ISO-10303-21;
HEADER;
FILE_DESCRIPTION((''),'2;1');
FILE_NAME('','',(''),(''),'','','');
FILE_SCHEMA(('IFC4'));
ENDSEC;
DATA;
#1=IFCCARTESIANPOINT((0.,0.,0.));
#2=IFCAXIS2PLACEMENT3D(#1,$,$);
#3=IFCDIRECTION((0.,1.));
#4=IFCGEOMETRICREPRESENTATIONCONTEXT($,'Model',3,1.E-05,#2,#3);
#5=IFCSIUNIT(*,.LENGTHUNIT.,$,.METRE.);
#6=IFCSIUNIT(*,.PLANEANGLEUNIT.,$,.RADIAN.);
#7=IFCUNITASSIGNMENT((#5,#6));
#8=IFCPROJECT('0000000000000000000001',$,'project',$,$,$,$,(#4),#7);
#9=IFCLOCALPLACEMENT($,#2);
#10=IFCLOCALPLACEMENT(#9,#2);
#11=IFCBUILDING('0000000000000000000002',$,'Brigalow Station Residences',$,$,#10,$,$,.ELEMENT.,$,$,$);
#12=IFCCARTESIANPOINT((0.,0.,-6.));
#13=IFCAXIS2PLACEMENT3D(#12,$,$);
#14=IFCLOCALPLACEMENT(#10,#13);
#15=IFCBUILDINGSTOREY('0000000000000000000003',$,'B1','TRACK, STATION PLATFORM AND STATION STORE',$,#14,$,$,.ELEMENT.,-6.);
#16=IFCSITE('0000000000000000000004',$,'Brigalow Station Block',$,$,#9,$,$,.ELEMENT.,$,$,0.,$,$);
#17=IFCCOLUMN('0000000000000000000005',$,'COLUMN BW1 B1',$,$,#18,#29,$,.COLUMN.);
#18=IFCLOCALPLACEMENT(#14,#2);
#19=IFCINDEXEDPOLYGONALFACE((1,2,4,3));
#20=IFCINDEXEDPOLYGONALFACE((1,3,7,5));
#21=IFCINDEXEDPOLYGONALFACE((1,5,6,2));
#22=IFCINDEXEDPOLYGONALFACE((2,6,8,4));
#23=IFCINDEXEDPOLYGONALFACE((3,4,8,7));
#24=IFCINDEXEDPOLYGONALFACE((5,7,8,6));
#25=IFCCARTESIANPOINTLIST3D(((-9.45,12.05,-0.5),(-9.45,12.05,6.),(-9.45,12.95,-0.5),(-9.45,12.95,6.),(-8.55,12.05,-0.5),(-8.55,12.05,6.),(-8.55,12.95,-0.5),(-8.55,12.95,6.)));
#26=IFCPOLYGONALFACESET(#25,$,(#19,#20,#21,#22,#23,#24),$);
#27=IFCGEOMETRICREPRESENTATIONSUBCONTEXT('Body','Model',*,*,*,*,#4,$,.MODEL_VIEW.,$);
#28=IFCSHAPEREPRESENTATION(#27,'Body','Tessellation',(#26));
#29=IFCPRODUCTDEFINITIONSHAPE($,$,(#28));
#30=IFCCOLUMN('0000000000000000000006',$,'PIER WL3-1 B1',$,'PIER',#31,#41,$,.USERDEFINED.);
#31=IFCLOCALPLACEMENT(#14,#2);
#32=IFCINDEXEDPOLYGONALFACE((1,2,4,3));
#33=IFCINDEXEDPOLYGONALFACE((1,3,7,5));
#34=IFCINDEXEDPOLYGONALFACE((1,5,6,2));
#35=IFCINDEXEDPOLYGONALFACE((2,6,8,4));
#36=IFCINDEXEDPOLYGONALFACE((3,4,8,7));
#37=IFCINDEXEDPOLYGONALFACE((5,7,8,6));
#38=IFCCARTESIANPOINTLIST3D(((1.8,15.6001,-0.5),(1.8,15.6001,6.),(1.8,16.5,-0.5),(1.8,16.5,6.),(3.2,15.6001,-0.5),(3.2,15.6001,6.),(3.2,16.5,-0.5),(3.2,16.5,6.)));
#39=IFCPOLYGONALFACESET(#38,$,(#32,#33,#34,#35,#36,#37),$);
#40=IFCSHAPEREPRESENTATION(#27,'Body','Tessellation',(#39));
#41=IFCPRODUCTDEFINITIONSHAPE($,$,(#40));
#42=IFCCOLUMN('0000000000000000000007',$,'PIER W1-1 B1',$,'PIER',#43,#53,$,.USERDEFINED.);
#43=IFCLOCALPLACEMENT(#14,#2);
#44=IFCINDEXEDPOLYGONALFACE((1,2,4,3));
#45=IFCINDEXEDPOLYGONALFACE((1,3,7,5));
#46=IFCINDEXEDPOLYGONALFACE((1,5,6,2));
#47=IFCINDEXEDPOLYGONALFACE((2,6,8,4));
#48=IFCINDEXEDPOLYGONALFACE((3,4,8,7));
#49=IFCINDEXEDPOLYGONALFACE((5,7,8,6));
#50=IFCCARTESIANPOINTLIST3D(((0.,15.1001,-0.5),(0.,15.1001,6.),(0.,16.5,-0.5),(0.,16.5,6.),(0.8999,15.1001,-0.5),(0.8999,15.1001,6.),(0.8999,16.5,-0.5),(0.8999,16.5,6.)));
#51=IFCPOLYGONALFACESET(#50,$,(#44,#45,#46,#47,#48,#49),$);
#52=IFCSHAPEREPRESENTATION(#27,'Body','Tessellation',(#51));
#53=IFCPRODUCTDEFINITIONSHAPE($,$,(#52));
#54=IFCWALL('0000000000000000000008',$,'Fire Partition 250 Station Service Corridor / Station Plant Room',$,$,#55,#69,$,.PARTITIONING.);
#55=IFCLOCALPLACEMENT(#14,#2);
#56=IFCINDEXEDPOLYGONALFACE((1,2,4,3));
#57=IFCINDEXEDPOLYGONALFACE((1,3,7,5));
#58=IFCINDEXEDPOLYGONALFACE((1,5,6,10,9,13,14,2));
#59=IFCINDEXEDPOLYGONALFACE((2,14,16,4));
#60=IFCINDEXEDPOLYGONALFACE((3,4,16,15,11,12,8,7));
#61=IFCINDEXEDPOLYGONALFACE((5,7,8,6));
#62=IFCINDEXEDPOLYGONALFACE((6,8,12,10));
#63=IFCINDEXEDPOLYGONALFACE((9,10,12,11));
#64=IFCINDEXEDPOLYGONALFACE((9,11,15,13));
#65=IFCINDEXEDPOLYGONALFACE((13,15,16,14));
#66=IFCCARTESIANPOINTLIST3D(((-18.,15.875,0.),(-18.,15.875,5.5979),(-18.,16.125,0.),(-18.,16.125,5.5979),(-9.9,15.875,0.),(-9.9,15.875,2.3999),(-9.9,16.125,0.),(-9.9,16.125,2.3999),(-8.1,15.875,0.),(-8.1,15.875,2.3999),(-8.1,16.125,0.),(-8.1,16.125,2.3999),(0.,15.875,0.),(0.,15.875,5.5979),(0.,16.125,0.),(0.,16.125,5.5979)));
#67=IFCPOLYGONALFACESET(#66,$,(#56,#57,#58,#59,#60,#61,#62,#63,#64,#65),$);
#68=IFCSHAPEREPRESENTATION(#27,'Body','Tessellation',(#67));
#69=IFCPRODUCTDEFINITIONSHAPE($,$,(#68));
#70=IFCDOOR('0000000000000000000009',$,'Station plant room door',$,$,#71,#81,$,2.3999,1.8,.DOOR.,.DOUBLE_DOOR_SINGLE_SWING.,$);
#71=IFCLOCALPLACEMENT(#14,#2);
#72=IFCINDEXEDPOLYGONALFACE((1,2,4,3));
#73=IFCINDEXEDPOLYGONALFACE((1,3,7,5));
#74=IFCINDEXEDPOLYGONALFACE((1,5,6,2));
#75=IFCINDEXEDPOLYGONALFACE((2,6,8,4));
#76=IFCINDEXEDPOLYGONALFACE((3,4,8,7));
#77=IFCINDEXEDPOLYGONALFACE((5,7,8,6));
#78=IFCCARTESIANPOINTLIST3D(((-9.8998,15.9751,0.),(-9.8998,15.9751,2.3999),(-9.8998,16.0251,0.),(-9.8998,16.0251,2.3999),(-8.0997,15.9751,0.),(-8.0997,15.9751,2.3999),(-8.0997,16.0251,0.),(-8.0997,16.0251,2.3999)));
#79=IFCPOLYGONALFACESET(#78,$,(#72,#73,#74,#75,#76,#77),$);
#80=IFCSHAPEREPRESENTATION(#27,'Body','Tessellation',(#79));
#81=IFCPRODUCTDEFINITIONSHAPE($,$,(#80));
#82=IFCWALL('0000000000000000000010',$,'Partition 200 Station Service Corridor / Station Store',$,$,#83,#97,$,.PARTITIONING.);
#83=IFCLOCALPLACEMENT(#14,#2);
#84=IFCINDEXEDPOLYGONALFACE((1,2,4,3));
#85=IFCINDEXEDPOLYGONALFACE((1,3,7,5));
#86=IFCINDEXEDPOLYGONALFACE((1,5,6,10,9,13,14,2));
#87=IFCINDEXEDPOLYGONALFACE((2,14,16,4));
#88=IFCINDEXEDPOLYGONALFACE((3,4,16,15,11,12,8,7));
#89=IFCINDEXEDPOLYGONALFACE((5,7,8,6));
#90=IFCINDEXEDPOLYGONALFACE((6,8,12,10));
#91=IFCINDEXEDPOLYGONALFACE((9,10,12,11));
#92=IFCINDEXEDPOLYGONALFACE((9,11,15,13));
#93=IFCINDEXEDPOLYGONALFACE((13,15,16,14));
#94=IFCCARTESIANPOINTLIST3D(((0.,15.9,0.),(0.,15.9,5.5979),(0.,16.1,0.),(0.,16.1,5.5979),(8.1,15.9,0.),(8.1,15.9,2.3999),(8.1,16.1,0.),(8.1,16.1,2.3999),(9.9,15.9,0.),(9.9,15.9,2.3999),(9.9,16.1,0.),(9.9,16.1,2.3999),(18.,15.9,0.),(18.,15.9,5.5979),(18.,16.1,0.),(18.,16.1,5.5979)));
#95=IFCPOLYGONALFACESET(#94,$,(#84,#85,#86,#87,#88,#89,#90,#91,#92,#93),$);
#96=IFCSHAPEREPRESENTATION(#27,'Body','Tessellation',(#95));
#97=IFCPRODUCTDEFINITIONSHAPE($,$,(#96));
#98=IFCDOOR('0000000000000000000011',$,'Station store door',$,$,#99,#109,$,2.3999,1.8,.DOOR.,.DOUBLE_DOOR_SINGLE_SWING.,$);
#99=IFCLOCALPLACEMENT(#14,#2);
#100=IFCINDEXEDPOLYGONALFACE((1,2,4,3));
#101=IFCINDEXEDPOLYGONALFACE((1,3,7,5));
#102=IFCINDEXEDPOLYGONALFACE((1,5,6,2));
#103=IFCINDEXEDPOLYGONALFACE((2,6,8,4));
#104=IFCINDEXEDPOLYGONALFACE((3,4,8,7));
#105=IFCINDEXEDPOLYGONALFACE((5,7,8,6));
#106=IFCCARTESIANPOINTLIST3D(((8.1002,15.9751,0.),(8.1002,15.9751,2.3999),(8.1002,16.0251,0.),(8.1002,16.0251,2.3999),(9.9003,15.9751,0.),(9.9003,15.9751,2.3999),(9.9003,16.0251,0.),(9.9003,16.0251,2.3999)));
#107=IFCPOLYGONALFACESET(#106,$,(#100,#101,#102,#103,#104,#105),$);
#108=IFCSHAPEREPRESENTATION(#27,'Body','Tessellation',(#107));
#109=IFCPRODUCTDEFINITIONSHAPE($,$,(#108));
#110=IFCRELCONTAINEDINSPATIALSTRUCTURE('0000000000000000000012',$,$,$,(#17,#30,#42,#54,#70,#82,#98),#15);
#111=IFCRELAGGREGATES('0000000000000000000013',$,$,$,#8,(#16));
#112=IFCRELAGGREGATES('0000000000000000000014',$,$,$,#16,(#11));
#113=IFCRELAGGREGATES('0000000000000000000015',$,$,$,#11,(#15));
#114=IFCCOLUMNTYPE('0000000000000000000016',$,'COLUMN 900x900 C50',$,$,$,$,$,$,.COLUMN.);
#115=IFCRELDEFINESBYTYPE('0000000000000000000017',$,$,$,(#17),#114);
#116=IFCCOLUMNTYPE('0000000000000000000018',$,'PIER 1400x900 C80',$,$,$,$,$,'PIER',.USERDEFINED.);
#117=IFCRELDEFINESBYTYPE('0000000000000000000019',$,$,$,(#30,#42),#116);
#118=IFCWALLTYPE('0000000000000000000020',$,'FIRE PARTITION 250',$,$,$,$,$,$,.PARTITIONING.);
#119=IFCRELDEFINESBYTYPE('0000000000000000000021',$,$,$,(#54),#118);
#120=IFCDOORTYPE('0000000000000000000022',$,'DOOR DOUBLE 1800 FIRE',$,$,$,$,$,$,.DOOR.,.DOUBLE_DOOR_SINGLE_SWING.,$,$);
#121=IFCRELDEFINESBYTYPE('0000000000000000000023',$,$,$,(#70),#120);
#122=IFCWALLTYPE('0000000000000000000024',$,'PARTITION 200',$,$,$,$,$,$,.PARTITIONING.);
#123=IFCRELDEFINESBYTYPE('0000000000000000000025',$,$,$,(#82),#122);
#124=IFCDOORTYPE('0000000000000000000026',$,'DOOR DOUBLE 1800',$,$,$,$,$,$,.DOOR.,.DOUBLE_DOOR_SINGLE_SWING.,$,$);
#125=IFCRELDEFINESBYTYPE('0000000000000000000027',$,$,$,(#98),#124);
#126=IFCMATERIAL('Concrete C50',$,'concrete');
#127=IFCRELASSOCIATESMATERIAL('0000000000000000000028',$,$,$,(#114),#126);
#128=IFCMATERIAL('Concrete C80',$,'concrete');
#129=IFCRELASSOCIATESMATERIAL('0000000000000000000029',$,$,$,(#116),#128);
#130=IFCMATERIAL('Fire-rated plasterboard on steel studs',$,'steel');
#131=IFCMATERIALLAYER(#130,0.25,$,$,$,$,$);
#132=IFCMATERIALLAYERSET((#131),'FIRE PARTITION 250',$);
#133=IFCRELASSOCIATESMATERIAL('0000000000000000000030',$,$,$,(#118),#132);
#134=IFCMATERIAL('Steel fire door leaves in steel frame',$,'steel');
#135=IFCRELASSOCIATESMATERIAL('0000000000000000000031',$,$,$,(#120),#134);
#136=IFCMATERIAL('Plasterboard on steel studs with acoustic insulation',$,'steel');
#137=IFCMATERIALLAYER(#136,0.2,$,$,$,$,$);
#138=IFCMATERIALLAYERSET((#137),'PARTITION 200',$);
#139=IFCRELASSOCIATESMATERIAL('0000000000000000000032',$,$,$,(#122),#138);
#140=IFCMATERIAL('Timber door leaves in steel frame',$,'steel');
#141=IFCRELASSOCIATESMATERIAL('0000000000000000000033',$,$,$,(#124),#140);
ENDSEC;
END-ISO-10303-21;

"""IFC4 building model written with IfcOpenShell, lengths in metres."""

from ifc_helpers import new_model, si_unit, direction, frame, frame_2d, origin, origin_2d, place, context, subcontext, project, spatial, rectangle, extrude, material, layer, layer_set, material_profile, profile_set, type_object, element, fill, save


model = new_model("IFC4")

# Units and contexts
model_context = context("Model", 3, precision=1e-05, world=origin(), true_north=direction((0.0, 1.0)))
body_context = subcontext(model_context, "Body", "Model", "MODEL_VIEW")
ifc_project = project(units=[si_unit("LENGTHUNIT", "METRE"), si_unit("PLANEANGLEUNIT", "RADIAN")], contexts=[model_context])

# Site, building, storey
site_placement = place(None, origin())
site = spatial("IfcSite", under=ifc_project, at=site_placement, Name="Brigalow Station Block", CompositionType="ELEMENT", RefElevation=0.0)
building_placement = place(site_placement, origin())
building = spatial("IfcBuilding", under=site, at=building_placement, Name="Brigalow Station Residences", CompositionType="ELEMENT")
storey_placement = place(building_placement, frame((0.0, 0.0, -6.0)))
storey = spatial("IfcBuildingStorey", under=building, at=storey_placement, Name="B1", Description="TRACK, STATION PLATFORM AND STATION STORE", CompositionType="ELEMENT", Elevation=-6.0)

# Columns
ifc_material_1 = material(Name="Concrete C50", Category="concrete")
ifc_material_profile_1 = material_profile(ifc_material_1, rectangle(XDim=0.8999, YDim=0.8999, at=origin_2d()), Name="RC900x900")
ifc_profile_set_1 = profile_set([ifc_material_profile_1], Name="Concrete C50")
column_type_1 = type_object("IfcColumnType", Name="COLUMN 900x900 C50", PredefinedType="COLUMN", material=ifc_profile_set_1)
for number, where, z_axis, x_axis, name in (
    (1, (-9.0, 12.5, -0.5), (0.0, 0.0, 1.0), (1.0, 0.0, 0.0), "COLUMN BW1 B1"),
):
    element("IfcColumn", number, at=place(storey_placement, frame(where, z_axis=z_axis, x_axis=x_axis)), inside=storey, type_object=column_type_1, Name=name, PredefinedType="COLUMN", context=body_context, shape_type="SweptSolid", body=[
        extrude(rectangle(XDim=0.8999, YDim=0.8999, at=origin_2d()), origin(), (0.0, 0.0, 1.0), 6.5),
    ])
ifc_material_2 = material(Name="Concrete C80", Category="concrete")
ifc_material_profile_2 = material_profile(ifc_material_2, rectangle(XDim=1.3999, YDim=0.8999, at=origin_2d()), Name="RC1400x900")
ifc_profile_set_2 = profile_set([ifc_material_profile_2], Name="Concrete C80")
column_type_2 = type_object("IfcColumnType", Name="PIER 1400x900 C80", ElementType="PIER", PredefinedType="USERDEFINED", material=ifc_profile_set_2)
for number, where, z_axis, x_axis, name in (
    (2, (2.5, 16.05, -0.5), (0.0, 0.0, 1.0), (-1.0, 0.0, 0.0), "PIER WL3-1 B1"),
    (3, (0.45, 15.8, -0.5), (0.0, 0.0, 1.0), (0.0, -1.0, 0.0), "PIER W1-1 B1"),
):
    element("IfcColumn", number, at=place(storey_placement, frame(where, z_axis=z_axis, x_axis=x_axis)), inside=storey, type_object=column_type_2, Name=name, ObjectType="PIER", PredefinedType="USERDEFINED", context=body_context, shape_type="SweptSolid", body=[
        extrude(rectangle(XDim=1.3999, YDim=0.8999, at=origin_2d()), origin(), (0.0, 0.0, 1.0), 6.5),
    ])

# Walls, openings, doors
ifc_material_3 = material(Name="Fire-rated plasterboard on steel studs", Category="steel")
ifc_layer_1 = layer(ifc_material_3, 0.25)
ifc_layer_set_1 = layer_set([ifc_layer_1], Name="FIRE PARTITION 250")
wall_type_1 = type_object("IfcWallType", Name="FIRE PARTITION 250", PredefinedType="PARTITIONING", material=ifc_layer_set_1)
wall_1_placement = place(storey_placement, frame((-18.0, 16.0, 0.0), z_axis=(0.0, 0.0, 1.0), x_axis=(1.0, 0.0, 0.0)))
wall_1 = element("IfcWall", 4, at=wall_1_placement, inside=storey, type_object=wall_type_1, Name="Fire Partition 250 Station Service Corridor / Station Plant Room", PredefinedType="PARTITIONING", context=body_context, shape_type="SweptSolid", body=[
    extrude(rectangle(XDim=18.0, YDim=0.25, at=frame_2d((9.0, 0.0))), origin(), (0.0, 0.0, 1.0), 5.5979),
])
opening_1_placement = place(wall_1_placement, frame((8.1001, 0.0, 0.0)))
opening_1 = element("IfcOpeningElement", 5, at=opening_1_placement, cuts=wall_1, PredefinedType="OPENING", context=body_context, shape_type="SweptSolid", body=[
    extrude(rectangle(XDim=1.8, YDim=2.3999, at=frame_2d((0.8999, 1.2))), frame((0.0, 0.135, 0.0), z_axis=(0.0, -1.0, 0.0), x_axis=(1.0, 0.0, 0.0)), (0.0, 0.0, 1.0), 0.27),
])
ifc_material_4 = material(Name="Steel fire door leaves in steel frame", Category="steel")
door_type_1 = type_object("IfcDoorType", Name="DOOR DOUBLE 1800 FIRE", OperationType="DOUBLE_DOOR_SINGLE_SWING", PredefinedType="DOOR", material=ifc_material_4)
door_1_placement = place(opening_1_placement, frame((1.8, 0.0, 0.0), z_axis=(0.0, 0.0, 1.0), x_axis=(-1.0, 0.0, 0.0)))
door_1 = element("IfcDoor", 6, at=door_1_placement, inside=storey, type_object=door_type_1, Name="Station plant room door", OperationType="DOUBLE_DOOR_SINGLE_SWING", OverallHeight=2.3999, OverallWidth=1.8, PredefinedType="DOOR", context=body_context, shape_type="SweptSolid", body=[
    extrude(rectangle(XDim=1.8, YDim=2.3999, at=frame_2d((0.8999, 1.2))), frame((0.0, 0.0249, 0.0), z_axis=(0.0, -1.0, 0.0), x_axis=(1.0, 0.0, 0.0)), (0.0, 0.0, 1.0), 0.05),
])
fill(opening_1, door_1)
ifc_material_5 = material(Name="Plasterboard on steel studs with acoustic insulation", Category="steel")
ifc_layer_2 = layer(ifc_material_5, 0.2)
ifc_layer_set_2 = layer_set([ifc_layer_2], Name="PARTITION 200")
wall_type_2 = type_object("IfcWallType", Name="PARTITION 200", PredefinedType="PARTITIONING", material=ifc_layer_set_2)
wall_2_placement = place(storey_placement, frame((0.0, 16.0, 0.0), z_axis=(0.0, 0.0, 1.0), x_axis=(1.0, 0.0, 0.0)))
wall_2 = element("IfcWall", 7, at=wall_2_placement, inside=storey, type_object=wall_type_2, Name="Partition 200 Station Service Corridor / Station Store", PredefinedType="PARTITIONING", context=body_context, shape_type="SweptSolid", body=[
    extrude(rectangle(XDim=18.0, YDim=0.2, at=frame_2d((9.0, 0.0))), origin(), (0.0, 0.0, 1.0), 5.5979),
])
opening_2_placement = place(wall_2_placement, frame((8.1001, 0.0, 0.0)))
opening_2 = element("IfcOpeningElement", 8, at=opening_2_placement, cuts=wall_2, PredefinedType="OPENING", context=body_context, shape_type="SweptSolid", body=[
    extrude(rectangle(XDim=1.8, YDim=2.3999, at=frame_2d((0.8999, 1.2))), frame((0.0, 0.1099, 0.0), z_axis=(0.0, -1.0, 0.0), x_axis=(1.0, 0.0, 0.0)), (0.0, 0.0, 1.0), 0.22),
])
ifc_material_6 = material(Name="Timber door leaves in steel frame", Category="steel")
door_type_2 = type_object("IfcDoorType", Name="DOOR DOUBLE 1800", OperationType="DOUBLE_DOOR_SINGLE_SWING", PredefinedType="DOOR", material=ifc_material_6)
door_2_placement = place(opening_2_placement, frame((1.8, 0.0, 0.0), z_axis=(0.0, 0.0, 1.0), x_axis=(-1.0, 0.0, 0.0)))
door_2 = element("IfcDoor", 9, at=door_2_placement, inside=storey, type_object=door_type_2, Name="Station store door", OperationType="DOUBLE_DOOR_SINGLE_SWING", OverallHeight=2.3999, OverallWidth=1.8, PredefinedType="DOOR", context=body_context, shape_type="SweptSolid", body=[
    extrude(rectangle(XDim=1.8, YDim=2.3999, at=frame_2d((0.8999, 1.2))), frame((0.0, 0.0249, 0.0), z_axis=(0.0, -1.0, 0.0), x_axis=(1.0, 0.0, 0.0)), (0.0, 0.0, 1.0), 0.05),
])
fill(opening_2, door_2)

save(model, "model.ifc")
